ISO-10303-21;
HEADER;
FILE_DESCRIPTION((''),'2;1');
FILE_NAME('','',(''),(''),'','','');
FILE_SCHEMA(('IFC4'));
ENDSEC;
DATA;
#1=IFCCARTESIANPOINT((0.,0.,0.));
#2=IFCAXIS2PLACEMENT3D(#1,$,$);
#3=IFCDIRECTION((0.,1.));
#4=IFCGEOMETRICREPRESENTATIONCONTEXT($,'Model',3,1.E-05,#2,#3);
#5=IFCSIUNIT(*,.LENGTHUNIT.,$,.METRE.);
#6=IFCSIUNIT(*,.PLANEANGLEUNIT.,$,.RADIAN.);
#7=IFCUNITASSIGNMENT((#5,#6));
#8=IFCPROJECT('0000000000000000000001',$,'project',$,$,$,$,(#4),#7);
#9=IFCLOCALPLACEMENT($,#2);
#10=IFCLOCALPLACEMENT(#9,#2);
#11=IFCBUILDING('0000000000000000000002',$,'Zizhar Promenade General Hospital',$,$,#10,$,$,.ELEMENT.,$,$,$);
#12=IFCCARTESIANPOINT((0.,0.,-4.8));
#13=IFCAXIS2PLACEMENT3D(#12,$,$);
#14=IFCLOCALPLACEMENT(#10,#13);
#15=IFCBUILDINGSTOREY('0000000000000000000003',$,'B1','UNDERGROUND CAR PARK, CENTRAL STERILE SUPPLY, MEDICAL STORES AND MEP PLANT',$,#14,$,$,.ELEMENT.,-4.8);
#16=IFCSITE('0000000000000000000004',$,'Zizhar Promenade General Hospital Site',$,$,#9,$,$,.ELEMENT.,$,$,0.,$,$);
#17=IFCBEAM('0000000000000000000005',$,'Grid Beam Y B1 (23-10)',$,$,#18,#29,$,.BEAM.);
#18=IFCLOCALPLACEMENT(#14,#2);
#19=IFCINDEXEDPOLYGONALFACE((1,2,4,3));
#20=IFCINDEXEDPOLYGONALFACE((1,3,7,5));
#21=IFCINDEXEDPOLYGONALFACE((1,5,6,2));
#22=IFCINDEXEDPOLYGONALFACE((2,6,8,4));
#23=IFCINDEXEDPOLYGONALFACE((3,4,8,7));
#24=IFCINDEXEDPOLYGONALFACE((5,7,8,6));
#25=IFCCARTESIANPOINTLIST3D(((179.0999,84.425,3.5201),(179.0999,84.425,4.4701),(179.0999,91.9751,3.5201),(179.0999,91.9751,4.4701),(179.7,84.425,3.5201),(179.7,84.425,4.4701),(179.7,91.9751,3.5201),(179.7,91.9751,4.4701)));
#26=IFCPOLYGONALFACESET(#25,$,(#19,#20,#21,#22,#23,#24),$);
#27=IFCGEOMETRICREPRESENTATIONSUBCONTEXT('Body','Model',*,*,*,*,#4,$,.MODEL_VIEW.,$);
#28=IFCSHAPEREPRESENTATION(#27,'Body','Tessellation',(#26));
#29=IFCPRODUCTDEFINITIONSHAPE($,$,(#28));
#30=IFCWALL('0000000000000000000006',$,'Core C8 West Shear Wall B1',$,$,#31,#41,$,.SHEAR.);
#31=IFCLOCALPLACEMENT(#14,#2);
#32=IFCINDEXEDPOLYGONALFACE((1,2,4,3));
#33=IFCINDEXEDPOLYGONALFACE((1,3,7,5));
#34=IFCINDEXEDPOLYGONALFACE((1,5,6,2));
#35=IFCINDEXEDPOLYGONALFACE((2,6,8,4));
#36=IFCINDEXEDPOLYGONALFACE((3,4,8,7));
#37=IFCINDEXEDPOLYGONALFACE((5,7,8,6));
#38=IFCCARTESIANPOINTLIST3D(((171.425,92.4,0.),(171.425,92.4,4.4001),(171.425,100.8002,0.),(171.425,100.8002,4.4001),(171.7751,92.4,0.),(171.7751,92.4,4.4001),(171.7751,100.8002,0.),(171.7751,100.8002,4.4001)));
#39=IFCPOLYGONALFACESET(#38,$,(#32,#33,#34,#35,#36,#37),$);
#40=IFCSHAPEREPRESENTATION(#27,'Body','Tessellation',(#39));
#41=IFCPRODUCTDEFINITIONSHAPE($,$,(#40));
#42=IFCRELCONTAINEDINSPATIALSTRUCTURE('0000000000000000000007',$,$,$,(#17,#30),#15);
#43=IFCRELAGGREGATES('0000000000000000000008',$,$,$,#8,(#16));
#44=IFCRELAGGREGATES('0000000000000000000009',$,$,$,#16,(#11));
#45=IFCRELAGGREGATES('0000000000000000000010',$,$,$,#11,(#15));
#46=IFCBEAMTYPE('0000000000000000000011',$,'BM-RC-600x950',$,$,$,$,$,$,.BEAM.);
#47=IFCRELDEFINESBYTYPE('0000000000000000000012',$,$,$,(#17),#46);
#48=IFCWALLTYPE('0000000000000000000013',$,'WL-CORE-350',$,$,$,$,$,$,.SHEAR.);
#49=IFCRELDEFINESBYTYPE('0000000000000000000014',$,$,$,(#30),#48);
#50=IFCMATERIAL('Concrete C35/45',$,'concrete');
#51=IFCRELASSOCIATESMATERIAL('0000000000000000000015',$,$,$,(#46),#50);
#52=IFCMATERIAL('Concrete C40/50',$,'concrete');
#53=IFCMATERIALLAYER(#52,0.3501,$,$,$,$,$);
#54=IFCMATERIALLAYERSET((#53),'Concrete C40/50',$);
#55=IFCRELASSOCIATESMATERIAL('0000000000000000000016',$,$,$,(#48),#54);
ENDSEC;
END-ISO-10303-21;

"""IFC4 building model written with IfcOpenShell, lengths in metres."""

from ifc_helpers import new_model, si_unit, direction, frame, frame_2d, origin, origin_2d, place, context, subcontext, project, spatial, rectangle, extrude, material, layer, layer_set, material_profile, profile_set, type_object, element, save


model = new_model("IFC4")

# Units and contexts
model_context = context("Model", 3, precision=1e-05, world=origin(), true_north=direction((0.0, 1.0)))
body_context = subcontext(model_context, "Body", "Model", "MODEL_VIEW")
ifc_project = project(units=[si_unit("LENGTHUNIT", "METRE"), si_unit("PLANEANGLEUNIT", "RADIAN")], contexts=[model_context])

# Site, building, storey
site_placement = place(None, origin())
site = spatial("IfcSite", under=ifc_project, at=site_placement, Name="Zizhar Promenade General Hospital Site", CompositionType="ELEMENT", RefElevation=0.0)
building_placement = place(site_placement, origin())
building = spatial("IfcBuilding", under=site, at=building_placement, Name="Zizhar Promenade General Hospital", CompositionType="ELEMENT")
storey_placement = place(building_placement, frame((0.0, 0.0, -4.8)))
storey = spatial("IfcBuildingStorey", under=building, at=storey_placement, Name="B1", Description="UNDERGROUND CAR PARK, CENTRAL STERILE SUPPLY, MEDICAL STORES AND MEP PLANT", CompositionType="ELEMENT", Elevation=-4.8)

# Beam
ifc_material_1 = material(Name="Concrete C35/45", Category="concrete")
ifc_material_profile_1 = material_profile(ifc_material_1, rectangle(XDim=0.6001, YDim=0.95, at=origin_2d()))
ifc_profile_set_1 = profile_set([ifc_material_profile_1], Name="Concrete C35/45")
beam_type_1 = type_object("IfcBeamType", Name="BM-RC-600x950", PredefinedType="BEAM", material=ifc_profile_set_1)
for number, where, z_axis, x_axis, name in (
    (1, (179.3999, 84.425, 3.9951), (0.0, 1.0, 0.0), (-1.0, 0.0, 0.0), "Grid Beam Y B1 (23-10)"),
):
    element("IfcBeam", number, at=place(storey_placement, frame(where, z_axis=z_axis, x_axis=x_axis)), inside=storey, type_object=beam_type_1, Name=name, PredefinedType="BEAM", context=body_context, shape_type="SweptSolid", body=[
        extrude(rectangle(XDim=0.6001, YDim=0.95, at=origin_2d()), origin(), (0.0, 0.0, 1.0), 7.55),
    ])

# Wall
ifc_material_2 = material(Name="Concrete C40/50", Category="concrete")
ifc_layer_1 = layer(ifc_material_2, 0.3501)
ifc_layer_set_1 = layer_set([ifc_layer_1], Name="Concrete C40/50")
wall_type_1 = type_object("IfcWallType", Name="WL-CORE-350", PredefinedType="SHEAR", material=ifc_layer_set_1)
wall_1_placement = place(storey_placement, frame((171.6001, 92.3999, 0.0), z_axis=(0.0, 0.0, 1.0), x_axis=(0.0, 1.0, 0.0)))
element("IfcWall", 2, at=wall_1_placement, inside=storey, type_object=wall_type_1, Name="Core C8 West Shear Wall B1", PredefinedType="SHEAR", context=body_context, shape_type="SweptSolid", body=[
    extrude(rectangle(XDim=8.4001, YDim=0.3501, at=frame_2d((4.2002, 0.0))), origin(), (0.0, 0.0, 1.0), 4.4001),
])

save(model, "model.ifc")
